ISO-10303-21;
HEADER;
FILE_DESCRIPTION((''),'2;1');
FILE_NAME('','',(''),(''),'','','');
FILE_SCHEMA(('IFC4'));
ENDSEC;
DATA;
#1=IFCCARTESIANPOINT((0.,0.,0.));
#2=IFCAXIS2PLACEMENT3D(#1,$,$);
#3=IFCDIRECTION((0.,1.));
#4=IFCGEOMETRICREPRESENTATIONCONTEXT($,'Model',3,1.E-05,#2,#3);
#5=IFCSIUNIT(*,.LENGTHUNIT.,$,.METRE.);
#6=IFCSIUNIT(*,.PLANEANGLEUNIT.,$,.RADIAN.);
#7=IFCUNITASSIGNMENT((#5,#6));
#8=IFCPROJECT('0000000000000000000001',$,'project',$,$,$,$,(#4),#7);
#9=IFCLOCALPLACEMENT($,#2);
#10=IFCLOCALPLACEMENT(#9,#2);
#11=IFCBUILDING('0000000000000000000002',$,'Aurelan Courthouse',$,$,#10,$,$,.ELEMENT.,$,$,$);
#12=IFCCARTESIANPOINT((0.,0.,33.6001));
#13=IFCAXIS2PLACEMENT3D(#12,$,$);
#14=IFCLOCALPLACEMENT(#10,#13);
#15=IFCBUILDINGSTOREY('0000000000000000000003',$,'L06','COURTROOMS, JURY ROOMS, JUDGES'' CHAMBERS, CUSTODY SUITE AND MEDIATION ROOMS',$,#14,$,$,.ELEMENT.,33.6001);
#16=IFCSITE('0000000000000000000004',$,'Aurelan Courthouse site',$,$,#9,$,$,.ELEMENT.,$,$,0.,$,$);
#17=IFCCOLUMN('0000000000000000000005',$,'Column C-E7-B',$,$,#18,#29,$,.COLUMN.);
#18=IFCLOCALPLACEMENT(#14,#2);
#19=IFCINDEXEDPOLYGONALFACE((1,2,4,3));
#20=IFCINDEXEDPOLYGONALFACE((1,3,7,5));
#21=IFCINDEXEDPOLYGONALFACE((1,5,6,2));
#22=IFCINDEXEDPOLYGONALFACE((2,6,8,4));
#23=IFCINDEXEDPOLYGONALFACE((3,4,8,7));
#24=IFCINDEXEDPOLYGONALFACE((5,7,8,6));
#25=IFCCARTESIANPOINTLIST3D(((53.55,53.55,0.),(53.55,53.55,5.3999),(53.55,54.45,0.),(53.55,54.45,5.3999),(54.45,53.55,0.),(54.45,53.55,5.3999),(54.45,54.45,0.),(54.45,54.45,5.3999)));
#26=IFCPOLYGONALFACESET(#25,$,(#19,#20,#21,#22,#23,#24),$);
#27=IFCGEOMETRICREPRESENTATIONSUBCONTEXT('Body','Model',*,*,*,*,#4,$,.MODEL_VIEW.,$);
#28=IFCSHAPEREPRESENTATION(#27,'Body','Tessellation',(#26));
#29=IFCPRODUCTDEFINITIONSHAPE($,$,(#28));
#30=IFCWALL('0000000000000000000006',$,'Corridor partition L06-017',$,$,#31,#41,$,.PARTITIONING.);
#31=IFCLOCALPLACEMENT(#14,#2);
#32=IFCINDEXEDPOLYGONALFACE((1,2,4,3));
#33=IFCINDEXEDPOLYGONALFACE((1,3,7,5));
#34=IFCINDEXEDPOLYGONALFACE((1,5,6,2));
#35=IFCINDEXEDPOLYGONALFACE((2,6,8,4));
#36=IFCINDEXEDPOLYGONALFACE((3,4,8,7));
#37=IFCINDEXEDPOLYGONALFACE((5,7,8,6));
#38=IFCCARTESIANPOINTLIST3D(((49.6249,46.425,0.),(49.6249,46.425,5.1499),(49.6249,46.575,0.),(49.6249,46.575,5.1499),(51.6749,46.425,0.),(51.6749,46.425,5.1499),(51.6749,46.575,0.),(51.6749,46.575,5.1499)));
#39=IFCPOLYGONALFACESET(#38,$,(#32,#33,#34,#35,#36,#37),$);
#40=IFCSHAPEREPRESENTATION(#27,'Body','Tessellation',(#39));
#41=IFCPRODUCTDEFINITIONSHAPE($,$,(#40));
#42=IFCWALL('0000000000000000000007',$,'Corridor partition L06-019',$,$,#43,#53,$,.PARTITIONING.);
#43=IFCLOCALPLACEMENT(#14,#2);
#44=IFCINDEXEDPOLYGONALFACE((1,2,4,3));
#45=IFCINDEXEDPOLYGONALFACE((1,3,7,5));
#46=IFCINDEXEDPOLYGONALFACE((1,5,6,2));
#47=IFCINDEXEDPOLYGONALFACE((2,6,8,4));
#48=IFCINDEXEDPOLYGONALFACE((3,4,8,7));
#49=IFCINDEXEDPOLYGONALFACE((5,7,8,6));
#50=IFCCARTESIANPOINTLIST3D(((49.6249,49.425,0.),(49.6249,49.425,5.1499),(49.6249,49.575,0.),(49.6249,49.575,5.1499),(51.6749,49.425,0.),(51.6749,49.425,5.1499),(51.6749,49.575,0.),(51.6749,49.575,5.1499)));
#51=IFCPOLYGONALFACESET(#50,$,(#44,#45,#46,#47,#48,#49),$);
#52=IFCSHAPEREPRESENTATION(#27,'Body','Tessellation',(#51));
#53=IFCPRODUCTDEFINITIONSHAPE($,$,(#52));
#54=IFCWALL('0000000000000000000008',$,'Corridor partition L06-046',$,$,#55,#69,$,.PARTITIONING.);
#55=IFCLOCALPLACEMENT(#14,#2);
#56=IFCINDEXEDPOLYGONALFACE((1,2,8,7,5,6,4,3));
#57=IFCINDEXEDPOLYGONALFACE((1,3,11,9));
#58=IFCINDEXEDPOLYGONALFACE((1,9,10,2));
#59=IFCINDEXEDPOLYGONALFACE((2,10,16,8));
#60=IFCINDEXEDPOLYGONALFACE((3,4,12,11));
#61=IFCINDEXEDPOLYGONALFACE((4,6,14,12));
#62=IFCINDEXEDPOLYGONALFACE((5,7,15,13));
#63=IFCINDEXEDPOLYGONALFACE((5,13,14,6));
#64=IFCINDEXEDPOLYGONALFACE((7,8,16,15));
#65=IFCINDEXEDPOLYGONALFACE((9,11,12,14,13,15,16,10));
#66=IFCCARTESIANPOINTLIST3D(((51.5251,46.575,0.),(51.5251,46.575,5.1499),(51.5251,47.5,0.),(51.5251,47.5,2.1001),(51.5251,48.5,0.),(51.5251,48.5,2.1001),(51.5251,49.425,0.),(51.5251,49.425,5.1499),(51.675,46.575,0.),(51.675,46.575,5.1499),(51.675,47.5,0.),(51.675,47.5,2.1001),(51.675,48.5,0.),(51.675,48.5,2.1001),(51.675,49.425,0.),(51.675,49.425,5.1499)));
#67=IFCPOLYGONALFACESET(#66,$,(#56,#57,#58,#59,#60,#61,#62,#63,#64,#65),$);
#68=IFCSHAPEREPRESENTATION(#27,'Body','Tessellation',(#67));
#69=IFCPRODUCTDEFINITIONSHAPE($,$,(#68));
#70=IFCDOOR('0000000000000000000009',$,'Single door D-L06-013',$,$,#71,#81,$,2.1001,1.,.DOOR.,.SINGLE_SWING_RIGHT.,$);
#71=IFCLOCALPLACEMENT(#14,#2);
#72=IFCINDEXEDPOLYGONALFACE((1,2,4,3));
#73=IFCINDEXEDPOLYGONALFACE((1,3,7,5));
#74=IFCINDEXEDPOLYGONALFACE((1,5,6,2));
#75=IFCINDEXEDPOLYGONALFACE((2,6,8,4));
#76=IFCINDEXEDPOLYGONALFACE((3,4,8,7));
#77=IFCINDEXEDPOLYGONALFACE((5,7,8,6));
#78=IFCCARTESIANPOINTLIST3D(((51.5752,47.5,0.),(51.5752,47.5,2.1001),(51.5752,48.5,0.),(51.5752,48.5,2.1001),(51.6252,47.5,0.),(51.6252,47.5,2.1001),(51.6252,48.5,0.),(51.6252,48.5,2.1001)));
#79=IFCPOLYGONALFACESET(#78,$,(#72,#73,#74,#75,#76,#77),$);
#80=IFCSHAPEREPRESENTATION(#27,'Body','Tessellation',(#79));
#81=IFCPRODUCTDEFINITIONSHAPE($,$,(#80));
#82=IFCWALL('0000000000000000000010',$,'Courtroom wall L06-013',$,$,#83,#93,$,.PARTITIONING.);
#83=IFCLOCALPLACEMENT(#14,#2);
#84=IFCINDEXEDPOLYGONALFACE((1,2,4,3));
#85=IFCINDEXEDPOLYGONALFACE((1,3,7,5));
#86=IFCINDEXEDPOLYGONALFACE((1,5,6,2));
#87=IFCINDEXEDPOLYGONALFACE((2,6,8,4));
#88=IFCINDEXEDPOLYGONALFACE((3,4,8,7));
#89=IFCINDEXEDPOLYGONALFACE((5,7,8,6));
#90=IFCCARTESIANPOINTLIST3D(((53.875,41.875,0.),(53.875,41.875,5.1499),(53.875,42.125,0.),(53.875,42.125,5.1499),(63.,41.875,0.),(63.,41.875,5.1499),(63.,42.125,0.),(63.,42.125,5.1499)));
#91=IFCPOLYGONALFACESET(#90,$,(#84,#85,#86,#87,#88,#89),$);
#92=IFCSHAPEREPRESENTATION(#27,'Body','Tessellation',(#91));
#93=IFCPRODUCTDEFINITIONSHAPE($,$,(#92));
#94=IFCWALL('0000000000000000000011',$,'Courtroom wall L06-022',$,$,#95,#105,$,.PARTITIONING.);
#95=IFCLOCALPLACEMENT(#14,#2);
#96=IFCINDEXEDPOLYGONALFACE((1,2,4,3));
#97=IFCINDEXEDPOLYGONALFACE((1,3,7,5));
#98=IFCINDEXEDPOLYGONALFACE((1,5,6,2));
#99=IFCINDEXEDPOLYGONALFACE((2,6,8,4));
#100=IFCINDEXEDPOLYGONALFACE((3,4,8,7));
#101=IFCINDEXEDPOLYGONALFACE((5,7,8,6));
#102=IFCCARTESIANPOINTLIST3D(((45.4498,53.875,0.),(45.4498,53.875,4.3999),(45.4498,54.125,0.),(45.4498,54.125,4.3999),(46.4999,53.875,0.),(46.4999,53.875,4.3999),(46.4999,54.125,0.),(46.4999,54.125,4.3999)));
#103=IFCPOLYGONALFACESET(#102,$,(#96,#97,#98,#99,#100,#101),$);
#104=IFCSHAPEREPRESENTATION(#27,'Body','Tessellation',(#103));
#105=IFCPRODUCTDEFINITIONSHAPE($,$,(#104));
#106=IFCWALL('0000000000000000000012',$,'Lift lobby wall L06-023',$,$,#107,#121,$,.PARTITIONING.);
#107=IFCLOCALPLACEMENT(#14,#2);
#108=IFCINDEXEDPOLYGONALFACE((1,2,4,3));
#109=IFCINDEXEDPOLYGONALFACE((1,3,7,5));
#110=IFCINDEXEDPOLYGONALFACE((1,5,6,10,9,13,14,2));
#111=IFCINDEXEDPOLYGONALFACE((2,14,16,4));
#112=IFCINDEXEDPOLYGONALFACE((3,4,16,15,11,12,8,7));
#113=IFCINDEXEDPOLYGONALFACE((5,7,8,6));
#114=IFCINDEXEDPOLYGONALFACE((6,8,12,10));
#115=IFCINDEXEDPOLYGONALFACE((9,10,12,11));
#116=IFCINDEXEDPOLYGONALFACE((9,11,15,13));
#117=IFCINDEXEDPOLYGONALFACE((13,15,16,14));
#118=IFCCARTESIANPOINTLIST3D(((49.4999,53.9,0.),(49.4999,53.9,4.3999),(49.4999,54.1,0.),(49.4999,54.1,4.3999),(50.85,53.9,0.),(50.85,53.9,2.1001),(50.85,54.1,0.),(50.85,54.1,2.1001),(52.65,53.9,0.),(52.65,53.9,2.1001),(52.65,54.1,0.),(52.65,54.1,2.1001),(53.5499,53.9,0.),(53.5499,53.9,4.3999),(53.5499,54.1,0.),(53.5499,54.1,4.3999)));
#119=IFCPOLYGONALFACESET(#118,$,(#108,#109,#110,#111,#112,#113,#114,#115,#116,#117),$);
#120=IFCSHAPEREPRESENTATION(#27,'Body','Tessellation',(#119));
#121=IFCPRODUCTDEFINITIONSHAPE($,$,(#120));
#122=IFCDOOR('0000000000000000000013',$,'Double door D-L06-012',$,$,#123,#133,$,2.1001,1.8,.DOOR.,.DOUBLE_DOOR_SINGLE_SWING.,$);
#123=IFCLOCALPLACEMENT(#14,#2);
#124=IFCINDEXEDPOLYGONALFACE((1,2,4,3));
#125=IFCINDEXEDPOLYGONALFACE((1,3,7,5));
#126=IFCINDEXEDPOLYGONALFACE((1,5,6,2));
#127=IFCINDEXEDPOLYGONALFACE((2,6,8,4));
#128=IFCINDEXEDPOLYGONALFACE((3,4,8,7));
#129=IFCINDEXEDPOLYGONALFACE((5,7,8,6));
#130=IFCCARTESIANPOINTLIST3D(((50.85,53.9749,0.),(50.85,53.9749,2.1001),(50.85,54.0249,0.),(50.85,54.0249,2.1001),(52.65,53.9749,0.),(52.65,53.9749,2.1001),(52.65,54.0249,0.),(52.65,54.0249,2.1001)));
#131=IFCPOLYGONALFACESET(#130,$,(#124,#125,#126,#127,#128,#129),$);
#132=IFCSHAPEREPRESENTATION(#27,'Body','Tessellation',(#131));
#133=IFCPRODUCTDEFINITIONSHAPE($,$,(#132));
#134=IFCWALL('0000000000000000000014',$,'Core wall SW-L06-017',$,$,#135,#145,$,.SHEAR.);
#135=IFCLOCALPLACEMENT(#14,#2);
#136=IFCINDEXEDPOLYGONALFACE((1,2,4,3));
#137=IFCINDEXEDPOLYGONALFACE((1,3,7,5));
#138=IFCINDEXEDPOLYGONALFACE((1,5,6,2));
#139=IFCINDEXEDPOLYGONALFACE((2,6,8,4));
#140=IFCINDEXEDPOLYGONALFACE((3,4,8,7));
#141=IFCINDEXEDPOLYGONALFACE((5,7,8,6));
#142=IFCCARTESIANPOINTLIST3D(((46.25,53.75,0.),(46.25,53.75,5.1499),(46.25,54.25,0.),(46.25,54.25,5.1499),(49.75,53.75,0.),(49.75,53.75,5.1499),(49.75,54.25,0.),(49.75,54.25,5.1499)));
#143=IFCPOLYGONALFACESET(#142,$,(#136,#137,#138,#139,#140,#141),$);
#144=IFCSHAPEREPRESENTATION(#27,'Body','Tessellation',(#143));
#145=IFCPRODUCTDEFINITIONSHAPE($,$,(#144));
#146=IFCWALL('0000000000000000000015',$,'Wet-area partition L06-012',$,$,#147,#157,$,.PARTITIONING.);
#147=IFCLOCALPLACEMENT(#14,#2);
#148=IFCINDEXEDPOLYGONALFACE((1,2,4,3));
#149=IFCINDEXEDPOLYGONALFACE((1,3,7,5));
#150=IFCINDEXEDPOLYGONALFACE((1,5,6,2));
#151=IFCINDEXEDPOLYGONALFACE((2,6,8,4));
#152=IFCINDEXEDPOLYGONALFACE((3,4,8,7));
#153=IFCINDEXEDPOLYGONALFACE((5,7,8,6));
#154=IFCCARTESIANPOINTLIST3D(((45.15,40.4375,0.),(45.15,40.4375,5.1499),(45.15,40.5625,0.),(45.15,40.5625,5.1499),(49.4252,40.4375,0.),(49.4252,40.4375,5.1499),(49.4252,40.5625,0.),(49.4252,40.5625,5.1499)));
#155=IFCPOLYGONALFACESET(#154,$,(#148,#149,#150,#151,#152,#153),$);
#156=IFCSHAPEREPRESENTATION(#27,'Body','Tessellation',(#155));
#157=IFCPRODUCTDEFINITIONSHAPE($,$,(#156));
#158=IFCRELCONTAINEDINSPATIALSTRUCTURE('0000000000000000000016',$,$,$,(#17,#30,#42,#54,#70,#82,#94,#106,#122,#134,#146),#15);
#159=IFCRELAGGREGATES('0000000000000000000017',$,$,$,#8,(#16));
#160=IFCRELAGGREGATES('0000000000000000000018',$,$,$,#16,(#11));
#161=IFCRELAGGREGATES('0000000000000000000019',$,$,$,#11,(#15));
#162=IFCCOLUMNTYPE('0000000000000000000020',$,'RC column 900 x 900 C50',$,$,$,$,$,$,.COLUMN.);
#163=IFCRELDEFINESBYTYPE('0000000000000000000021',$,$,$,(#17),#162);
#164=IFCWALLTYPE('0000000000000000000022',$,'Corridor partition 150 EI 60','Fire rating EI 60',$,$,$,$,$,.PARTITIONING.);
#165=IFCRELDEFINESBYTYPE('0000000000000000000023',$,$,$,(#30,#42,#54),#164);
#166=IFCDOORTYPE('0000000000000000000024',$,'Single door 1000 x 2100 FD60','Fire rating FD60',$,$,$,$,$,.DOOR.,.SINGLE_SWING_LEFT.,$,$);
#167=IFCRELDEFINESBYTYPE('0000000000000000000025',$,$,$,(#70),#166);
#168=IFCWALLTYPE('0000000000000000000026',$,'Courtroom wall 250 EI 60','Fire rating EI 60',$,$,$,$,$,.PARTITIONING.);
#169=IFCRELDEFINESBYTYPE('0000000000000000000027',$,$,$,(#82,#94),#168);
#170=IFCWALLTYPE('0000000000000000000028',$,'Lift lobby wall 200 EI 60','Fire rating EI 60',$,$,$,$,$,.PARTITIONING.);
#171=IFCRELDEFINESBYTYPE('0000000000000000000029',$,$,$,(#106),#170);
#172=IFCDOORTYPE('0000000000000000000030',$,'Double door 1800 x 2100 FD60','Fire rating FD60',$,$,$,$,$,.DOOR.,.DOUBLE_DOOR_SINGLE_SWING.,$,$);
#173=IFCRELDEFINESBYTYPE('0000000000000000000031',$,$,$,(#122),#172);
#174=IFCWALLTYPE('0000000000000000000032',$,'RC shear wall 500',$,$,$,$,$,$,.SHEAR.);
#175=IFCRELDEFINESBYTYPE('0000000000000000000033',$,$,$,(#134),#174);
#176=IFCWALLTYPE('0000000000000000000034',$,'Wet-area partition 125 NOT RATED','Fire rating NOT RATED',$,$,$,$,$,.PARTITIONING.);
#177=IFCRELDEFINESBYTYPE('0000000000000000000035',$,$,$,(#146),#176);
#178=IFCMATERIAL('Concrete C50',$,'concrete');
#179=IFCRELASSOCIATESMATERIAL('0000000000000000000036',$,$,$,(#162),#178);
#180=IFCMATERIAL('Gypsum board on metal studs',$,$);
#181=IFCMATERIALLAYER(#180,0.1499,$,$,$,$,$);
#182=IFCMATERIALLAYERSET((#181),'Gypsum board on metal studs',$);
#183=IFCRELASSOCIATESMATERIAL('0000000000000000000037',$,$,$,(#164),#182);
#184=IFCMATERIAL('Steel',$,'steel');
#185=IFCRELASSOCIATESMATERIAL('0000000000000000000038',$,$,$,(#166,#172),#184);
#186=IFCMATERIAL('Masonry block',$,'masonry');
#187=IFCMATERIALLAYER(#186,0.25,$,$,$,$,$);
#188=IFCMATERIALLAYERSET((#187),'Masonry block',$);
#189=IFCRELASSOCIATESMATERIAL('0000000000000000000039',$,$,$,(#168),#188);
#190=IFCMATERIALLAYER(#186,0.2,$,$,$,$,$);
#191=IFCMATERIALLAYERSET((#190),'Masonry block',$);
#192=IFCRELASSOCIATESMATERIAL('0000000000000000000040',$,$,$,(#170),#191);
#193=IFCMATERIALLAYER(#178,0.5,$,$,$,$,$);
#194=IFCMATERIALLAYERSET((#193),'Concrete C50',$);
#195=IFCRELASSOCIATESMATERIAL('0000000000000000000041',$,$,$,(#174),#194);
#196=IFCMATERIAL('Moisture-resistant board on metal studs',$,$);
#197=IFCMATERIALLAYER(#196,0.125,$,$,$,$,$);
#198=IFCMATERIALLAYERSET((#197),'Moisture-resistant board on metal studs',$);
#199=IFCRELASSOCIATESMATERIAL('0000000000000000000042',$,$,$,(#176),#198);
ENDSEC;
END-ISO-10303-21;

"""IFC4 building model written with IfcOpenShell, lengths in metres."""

from ifc_helpers import new_model, si_unit, direction, frame, frame_2d, origin, origin_2d, place, context, subcontext, project, spatial, rectangle, extrude, material, layer, layer_set, material_profile, profile_set, type_object, element, fill, save


model = new_model("IFC4")

# Units and contexts
model_context = context("Model", 3, precision=1e-05, world=origin(), true_north=direction((0.0, 1.0)))
body_context = subcontext(model_context, "Body", "Model", "MODEL_VIEW")
ifc_project = project(units=[si_unit("LENGTHUNIT", "METRE"), si_unit("PLANEANGLEUNIT", "RADIAN")], contexts=[model_context])

# Site, building, storey
site_placement = place(None, origin())
site = spatial("IfcSite", under=ifc_project, at=site_placement, Name="Aurelan Courthouse site", CompositionType="ELEMENT", RefElevation=0.0)
building_placement = place(site_placement, origin())
building = spatial("IfcBuilding", under=site, at=building_placement, Name="Aurelan Courthouse", CompositionType="ELEMENT")
storey_placement = place(building_placement, frame((0.0, 0.0, 33.6001)))
storey = spatial("IfcBuildingStorey", under=building, at=storey_placement, Name="L06", Description="COURTROOMS, JURY ROOMS, JUDGES' CHAMBERS, CUSTODY SUITE AND MEDIATION ROOMS", CompositionType="ELEMENT", Elevation=33.6001)

# Column
ifc_material_1 = material(Name="Concrete C50", Category="concrete")
ifc_material_profile = material_profile(ifc_material_1, rectangle(XDim=0.8999, YDim=0.8999, at=origin_2d()), Name="RC 900 x 900")
ifc_profile_set = profile_set([ifc_material_profile], Name="Concrete C50")
column_type = type_object("IfcColumnType", Name="RC column 900 x 900 C50", PredefinedType="COLUMN", material=ifc_profile_set)
column_placement = place(storey_placement, frame((54.0, 54.0, 0.0), z_axis=(0.0, 0.0, 1.0), x_axis=(1.0, 0.0, 0.0)))
element("IfcColumn", 1, at=column_placement, inside=storey, type_object=column_type, Name="Column C-E7-B", PredefinedType="COLUMN", context=body_context, shape_type="SweptSolid", body=[
    extrude(rectangle(XDim=0.8999, YDim=0.8999, at=origin_2d()), origin(), (0.0, 0.0, 1.0), 5.3999),
])

# Walls
ifc_material_2 = material(Name="Gypsum board on metal studs")
ifc_layer_1 = layer(ifc_material_2, 0.1499)
ifc_layer_set_1 = layer_set([ifc_layer_1], Name="Gypsum board on metal studs")
wall_type_1 = type_object("IfcWallType", Name="Corridor partition 150 EI 60", Description="Fire rating EI 60", PredefinedType="PARTITIONING", material=ifc_layer_set_1)
for number, where, z_axis, x_axis, name in (
    (2, (49.625, 46.5, 0.0), (0.0, 0.0, 1.0), (1.0, 0.0, 0.0), "Corridor partition L06-017"),
    (3, (49.625, 49.5, 0.0), (0.0, 0.0, 1.0), (1.0, 0.0, 0.0), "Corridor partition L06-019"),
):
    element("IfcWall", number, at=place(storey_placement, frame(where, z_axis=z_axis, x_axis=x_axis)), inside=storey, type_object=wall_type_1, Name=name, PredefinedType="PARTITIONING", context=body_context, shape_type="SweptSolid", body=[
        extrude(rectangle(XDim=2.05, YDim=0.1499, at=frame_2d((1.0249, 0.0))), origin(), (0.0, 0.0, 1.0), 5.1499),
    ])

# Wall, opening, door
wall_1_placement = place(storey_placement, frame((51.6001, 46.575, 0.0), z_axis=(0.0, 0.0, 1.0), x_axis=(0.0, 1.0, 0.0)))
wall_1 = element("IfcWall", 4, at=wall_1_placement, inside=storey, type_object=wall_type_1, Name="Corridor partition L06-046", PredefinedType="PARTITIONING", context=body_context, shape_type="SweptSolid", body=[
    extrude(rectangle(XDim=2.8501, YDim=0.1499, at=frame_2d((1.425, 0.0))), origin(), (0.0, 0.0, 1.0), 5.1499),
])
opening_1_placement = place(wall_1_placement, frame((0.925, 0.0, 0.0)))
opening_1 = element("IfcOpeningElement", 5, at=opening_1_placement, cuts=wall_1, PredefinedType="OPENING", context=body_context, shape_type="SweptSolid", body=[
    extrude(rectangle(XDim=1.0, YDim=2.1001, at=frame_2d((0.5, 1.05))), frame((0.0, 0.085, 0.0), z_axis=(0.0, -1.0, 0.0), x_axis=(1.0, 0.0, 0.0)), (0.0, 0.0, 1.0), 0.1699),
])
ifc_material_3 = material(Name="Steel", Category="steel")
door_type_1 = type_object("IfcDoorType", Name="Single door 1000 x 2100 FD60", Description="Fire rating FD60", OperationType="SINGLE_SWING_LEFT", PredefinedType="DOOR", material=ifc_material_3)
door_1_placement = place(opening_1_placement, origin())
door_1 = element("IfcDoor", 6, at=door_1_placement, inside=storey, type_object=door_type_1, Name="Single door D-L06-013", OperationType="SINGLE_SWING_RIGHT", OverallHeight=2.1001, OverallWidth=1.0, PredefinedType="DOOR", context=body_context, shape_type="SweptSolid", body=[
    extrude(rectangle(XDim=1.0, YDim=2.1001, at=frame_2d((0.5, 1.05))), frame((0.0, 0.0249, 0.0), z_axis=(0.0, -1.0, 0.0), x_axis=(1.0, 0.0, 0.0)), (0.0, 0.0, 1.0), 0.05),
])
fill(opening_1, door_1)

# Walls
ifc_material_4 = material(Name="Masonry block", Category="masonry")
ifc_layer_2 = layer(ifc_material_4, 0.25)
ifc_layer_set_2 = layer_set([ifc_layer_2], Name="Masonry block")
wall_type_2 = type_object("IfcWallType", Name="Courtroom wall 250 EI 60", Description="Fire rating EI 60", PredefinedType="PARTITIONING", material=ifc_layer_set_2)
wall_2_placement = place(storey_placement, frame((53.875, 42.0, 0.0), z_axis=(0.0, 0.0, 1.0), x_axis=(1.0, 0.0, 0.0)))
element("IfcWall", 7, at=wall_2_placement, inside=storey, type_object=wall_type_2, Name="Courtroom wall L06-013", PredefinedType="PARTITIONING", context=body_context, shape_type="SweptSolid", body=[
    extrude(rectangle(XDim=9.125, YDim=0.25, at=frame_2d((4.5625, 0.0))), origin(), (0.0, 0.0, 1.0), 5.1499),
])
wall_3_placement = place(storey_placement, frame((45.45, 54.0, 0.0), z_axis=(0.0, 0.0, 1.0), x_axis=(1.0, 0.0, 0.0)))
element("IfcWall", 8, at=wall_3_placement, inside=storey, type_object=wall_type_2, Name="Courtroom wall L06-022", PredefinedType="PARTITIONING", context=body_context, shape_type="SweptSolid", body=[
    extrude(rectangle(XDim=1.05, YDim=0.25, at=frame_2d((0.5249, 0.0))), origin(), (0.0, 0.0, 1.0), 4.3999),
])

# Wall, opening, door
ifc_layer_3 = layer(ifc_material_4, 0.2)
ifc_layer_set_3 = layer_set([ifc_layer_3], Name="Masonry block")
wall_type_3 = type_object("IfcWallType", Name="Lift lobby wall 200 EI 60", Description="Fire rating EI 60", PredefinedType="PARTITIONING", material=ifc_layer_set_3)
wall_4_placement = place(storey_placement, frame((49.5, 54.0, 0.0), z_axis=(0.0, 0.0, 1.0), x_axis=(1.0, 0.0, 0.0)))
wall_4 = element("IfcWall", 9, at=wall_4_placement, inside=storey, type_object=wall_type_3, Name="Lift lobby wall L06-023", PredefinedType="PARTITIONING", context=body_context, shape_type="SweptSolid", body=[
    extrude(rectangle(XDim=4.05, YDim=0.2, at=frame_2d((2.0249, 0.0))), origin(), (0.0, 0.0, 1.0), 4.3999),
])
opening_2_placement = place(wall_4_placement, frame((1.3501, 0.0, 0.0)))
opening_2 = element("IfcOpeningElement", 10, at=opening_2_placement, cuts=wall_4, PredefinedType="OPENING", context=body_context, shape_type="SweptSolid", body=[
    extrude(rectangle(XDim=1.8, YDim=2.1001, at=frame_2d((0.8999, 1.05))), frame((0.0, 0.1099, 0.0), z_axis=(0.0, -1.0, 0.0), x_axis=(1.0, 0.0, 0.0)), (0.0, 0.0, 1.0), 0.22),
])
door_type_2 = type_object("IfcDoorType", Name="Double door 1800 x 2100 FD60", Description="Fire rating FD60", OperationType="DOUBLE_DOOR_SINGLE_SWING", PredefinedType="DOOR", material=ifc_material_3)
door_2_placement = place(opening_2_placement, origin())
door_2 = element("IfcDoor", 11, at=door_2_placement, inside=storey, type_object=door_type_2, Name="Double door D-L06-012", OperationType="DOUBLE_DOOR_SINGLE_SWING", OverallHeight=2.1001, OverallWidth=1.8, PredefinedType="DOOR", context=body_context, shape_type="SweptSolid", body=[
    extrude(rectangle(XDim=1.8, YDim=2.1001, at=frame_2d((0.8999, 1.05))), frame((0.0, 0.0249, 0.0), z_axis=(0.0, -1.0, 0.0), x_axis=(1.0, 0.0, 0.0)), (0.0, 0.0, 1.0), 0.05),
])
fill(opening_2, door_2)

# Walls
ifc_layer_4 = layer(ifc_material_1, 0.5)
ifc_layer_set_4 = layer_set([ifc_layer_4], Name="Concrete C50")
wall_type_4 = type_object("IfcWallType", Name="RC shear wall 500", PredefinedType="SHEAR", material=ifc_layer_set_4)
wall_5_placement = place(storey_placement, frame((46.25, 54.0, 0.0), z_axis=(0.0, 0.0, 1.0), x_axis=(1.0, 0.0, 0.0)))
element("IfcWall", 12, at=wall_5_placement, inside=storey, type_object=wall_type_4, Name="Core wall SW-L06-017", PredefinedType="SHEAR", context=body_context, shape_type="SweptSolid", body=[
    extrude(rectangle(XDim=3.5, YDim=0.5, at=frame_2d((1.75, 0.0))), origin(), (0.0, 0.0, 1.0), 5.1499),
])
ifc_material_5 = material(Name="Moisture-resistant board on metal studs")
ifc_layer_5 = layer(ifc_material_5, 0.125)
ifc_layer_set_5 = layer_set([ifc_layer_5], Name="Moisture-resistant board on metal studs")
wall_type_5 = type_object("IfcWallType", Name="Wet-area partition 125 NOT RATED", Description="Fire rating NOT RATED", PredefinedType="PARTITIONING", material=ifc_layer_set_5)
wall_6_placement = place(storey_placement, frame((45.1499, 40.5, 0.0), z_axis=(0.0, 0.0, 1.0), x_axis=(1.0, 0.0, 0.0)))
element("IfcWall", 13, at=wall_6_placement, inside=storey, type_object=wall_type_5, Name="Wet-area partition L06-012", PredefinedType="PARTITIONING", context=body_context, shape_type="SweptSolid", body=[
    extrude(rectangle(XDim=4.2751, YDim=0.125, at=frame_2d((2.1377, 0.0))), origin(), (0.0, 0.0, 1.0), 5.1499),
])

save(model, "model.ifc")
